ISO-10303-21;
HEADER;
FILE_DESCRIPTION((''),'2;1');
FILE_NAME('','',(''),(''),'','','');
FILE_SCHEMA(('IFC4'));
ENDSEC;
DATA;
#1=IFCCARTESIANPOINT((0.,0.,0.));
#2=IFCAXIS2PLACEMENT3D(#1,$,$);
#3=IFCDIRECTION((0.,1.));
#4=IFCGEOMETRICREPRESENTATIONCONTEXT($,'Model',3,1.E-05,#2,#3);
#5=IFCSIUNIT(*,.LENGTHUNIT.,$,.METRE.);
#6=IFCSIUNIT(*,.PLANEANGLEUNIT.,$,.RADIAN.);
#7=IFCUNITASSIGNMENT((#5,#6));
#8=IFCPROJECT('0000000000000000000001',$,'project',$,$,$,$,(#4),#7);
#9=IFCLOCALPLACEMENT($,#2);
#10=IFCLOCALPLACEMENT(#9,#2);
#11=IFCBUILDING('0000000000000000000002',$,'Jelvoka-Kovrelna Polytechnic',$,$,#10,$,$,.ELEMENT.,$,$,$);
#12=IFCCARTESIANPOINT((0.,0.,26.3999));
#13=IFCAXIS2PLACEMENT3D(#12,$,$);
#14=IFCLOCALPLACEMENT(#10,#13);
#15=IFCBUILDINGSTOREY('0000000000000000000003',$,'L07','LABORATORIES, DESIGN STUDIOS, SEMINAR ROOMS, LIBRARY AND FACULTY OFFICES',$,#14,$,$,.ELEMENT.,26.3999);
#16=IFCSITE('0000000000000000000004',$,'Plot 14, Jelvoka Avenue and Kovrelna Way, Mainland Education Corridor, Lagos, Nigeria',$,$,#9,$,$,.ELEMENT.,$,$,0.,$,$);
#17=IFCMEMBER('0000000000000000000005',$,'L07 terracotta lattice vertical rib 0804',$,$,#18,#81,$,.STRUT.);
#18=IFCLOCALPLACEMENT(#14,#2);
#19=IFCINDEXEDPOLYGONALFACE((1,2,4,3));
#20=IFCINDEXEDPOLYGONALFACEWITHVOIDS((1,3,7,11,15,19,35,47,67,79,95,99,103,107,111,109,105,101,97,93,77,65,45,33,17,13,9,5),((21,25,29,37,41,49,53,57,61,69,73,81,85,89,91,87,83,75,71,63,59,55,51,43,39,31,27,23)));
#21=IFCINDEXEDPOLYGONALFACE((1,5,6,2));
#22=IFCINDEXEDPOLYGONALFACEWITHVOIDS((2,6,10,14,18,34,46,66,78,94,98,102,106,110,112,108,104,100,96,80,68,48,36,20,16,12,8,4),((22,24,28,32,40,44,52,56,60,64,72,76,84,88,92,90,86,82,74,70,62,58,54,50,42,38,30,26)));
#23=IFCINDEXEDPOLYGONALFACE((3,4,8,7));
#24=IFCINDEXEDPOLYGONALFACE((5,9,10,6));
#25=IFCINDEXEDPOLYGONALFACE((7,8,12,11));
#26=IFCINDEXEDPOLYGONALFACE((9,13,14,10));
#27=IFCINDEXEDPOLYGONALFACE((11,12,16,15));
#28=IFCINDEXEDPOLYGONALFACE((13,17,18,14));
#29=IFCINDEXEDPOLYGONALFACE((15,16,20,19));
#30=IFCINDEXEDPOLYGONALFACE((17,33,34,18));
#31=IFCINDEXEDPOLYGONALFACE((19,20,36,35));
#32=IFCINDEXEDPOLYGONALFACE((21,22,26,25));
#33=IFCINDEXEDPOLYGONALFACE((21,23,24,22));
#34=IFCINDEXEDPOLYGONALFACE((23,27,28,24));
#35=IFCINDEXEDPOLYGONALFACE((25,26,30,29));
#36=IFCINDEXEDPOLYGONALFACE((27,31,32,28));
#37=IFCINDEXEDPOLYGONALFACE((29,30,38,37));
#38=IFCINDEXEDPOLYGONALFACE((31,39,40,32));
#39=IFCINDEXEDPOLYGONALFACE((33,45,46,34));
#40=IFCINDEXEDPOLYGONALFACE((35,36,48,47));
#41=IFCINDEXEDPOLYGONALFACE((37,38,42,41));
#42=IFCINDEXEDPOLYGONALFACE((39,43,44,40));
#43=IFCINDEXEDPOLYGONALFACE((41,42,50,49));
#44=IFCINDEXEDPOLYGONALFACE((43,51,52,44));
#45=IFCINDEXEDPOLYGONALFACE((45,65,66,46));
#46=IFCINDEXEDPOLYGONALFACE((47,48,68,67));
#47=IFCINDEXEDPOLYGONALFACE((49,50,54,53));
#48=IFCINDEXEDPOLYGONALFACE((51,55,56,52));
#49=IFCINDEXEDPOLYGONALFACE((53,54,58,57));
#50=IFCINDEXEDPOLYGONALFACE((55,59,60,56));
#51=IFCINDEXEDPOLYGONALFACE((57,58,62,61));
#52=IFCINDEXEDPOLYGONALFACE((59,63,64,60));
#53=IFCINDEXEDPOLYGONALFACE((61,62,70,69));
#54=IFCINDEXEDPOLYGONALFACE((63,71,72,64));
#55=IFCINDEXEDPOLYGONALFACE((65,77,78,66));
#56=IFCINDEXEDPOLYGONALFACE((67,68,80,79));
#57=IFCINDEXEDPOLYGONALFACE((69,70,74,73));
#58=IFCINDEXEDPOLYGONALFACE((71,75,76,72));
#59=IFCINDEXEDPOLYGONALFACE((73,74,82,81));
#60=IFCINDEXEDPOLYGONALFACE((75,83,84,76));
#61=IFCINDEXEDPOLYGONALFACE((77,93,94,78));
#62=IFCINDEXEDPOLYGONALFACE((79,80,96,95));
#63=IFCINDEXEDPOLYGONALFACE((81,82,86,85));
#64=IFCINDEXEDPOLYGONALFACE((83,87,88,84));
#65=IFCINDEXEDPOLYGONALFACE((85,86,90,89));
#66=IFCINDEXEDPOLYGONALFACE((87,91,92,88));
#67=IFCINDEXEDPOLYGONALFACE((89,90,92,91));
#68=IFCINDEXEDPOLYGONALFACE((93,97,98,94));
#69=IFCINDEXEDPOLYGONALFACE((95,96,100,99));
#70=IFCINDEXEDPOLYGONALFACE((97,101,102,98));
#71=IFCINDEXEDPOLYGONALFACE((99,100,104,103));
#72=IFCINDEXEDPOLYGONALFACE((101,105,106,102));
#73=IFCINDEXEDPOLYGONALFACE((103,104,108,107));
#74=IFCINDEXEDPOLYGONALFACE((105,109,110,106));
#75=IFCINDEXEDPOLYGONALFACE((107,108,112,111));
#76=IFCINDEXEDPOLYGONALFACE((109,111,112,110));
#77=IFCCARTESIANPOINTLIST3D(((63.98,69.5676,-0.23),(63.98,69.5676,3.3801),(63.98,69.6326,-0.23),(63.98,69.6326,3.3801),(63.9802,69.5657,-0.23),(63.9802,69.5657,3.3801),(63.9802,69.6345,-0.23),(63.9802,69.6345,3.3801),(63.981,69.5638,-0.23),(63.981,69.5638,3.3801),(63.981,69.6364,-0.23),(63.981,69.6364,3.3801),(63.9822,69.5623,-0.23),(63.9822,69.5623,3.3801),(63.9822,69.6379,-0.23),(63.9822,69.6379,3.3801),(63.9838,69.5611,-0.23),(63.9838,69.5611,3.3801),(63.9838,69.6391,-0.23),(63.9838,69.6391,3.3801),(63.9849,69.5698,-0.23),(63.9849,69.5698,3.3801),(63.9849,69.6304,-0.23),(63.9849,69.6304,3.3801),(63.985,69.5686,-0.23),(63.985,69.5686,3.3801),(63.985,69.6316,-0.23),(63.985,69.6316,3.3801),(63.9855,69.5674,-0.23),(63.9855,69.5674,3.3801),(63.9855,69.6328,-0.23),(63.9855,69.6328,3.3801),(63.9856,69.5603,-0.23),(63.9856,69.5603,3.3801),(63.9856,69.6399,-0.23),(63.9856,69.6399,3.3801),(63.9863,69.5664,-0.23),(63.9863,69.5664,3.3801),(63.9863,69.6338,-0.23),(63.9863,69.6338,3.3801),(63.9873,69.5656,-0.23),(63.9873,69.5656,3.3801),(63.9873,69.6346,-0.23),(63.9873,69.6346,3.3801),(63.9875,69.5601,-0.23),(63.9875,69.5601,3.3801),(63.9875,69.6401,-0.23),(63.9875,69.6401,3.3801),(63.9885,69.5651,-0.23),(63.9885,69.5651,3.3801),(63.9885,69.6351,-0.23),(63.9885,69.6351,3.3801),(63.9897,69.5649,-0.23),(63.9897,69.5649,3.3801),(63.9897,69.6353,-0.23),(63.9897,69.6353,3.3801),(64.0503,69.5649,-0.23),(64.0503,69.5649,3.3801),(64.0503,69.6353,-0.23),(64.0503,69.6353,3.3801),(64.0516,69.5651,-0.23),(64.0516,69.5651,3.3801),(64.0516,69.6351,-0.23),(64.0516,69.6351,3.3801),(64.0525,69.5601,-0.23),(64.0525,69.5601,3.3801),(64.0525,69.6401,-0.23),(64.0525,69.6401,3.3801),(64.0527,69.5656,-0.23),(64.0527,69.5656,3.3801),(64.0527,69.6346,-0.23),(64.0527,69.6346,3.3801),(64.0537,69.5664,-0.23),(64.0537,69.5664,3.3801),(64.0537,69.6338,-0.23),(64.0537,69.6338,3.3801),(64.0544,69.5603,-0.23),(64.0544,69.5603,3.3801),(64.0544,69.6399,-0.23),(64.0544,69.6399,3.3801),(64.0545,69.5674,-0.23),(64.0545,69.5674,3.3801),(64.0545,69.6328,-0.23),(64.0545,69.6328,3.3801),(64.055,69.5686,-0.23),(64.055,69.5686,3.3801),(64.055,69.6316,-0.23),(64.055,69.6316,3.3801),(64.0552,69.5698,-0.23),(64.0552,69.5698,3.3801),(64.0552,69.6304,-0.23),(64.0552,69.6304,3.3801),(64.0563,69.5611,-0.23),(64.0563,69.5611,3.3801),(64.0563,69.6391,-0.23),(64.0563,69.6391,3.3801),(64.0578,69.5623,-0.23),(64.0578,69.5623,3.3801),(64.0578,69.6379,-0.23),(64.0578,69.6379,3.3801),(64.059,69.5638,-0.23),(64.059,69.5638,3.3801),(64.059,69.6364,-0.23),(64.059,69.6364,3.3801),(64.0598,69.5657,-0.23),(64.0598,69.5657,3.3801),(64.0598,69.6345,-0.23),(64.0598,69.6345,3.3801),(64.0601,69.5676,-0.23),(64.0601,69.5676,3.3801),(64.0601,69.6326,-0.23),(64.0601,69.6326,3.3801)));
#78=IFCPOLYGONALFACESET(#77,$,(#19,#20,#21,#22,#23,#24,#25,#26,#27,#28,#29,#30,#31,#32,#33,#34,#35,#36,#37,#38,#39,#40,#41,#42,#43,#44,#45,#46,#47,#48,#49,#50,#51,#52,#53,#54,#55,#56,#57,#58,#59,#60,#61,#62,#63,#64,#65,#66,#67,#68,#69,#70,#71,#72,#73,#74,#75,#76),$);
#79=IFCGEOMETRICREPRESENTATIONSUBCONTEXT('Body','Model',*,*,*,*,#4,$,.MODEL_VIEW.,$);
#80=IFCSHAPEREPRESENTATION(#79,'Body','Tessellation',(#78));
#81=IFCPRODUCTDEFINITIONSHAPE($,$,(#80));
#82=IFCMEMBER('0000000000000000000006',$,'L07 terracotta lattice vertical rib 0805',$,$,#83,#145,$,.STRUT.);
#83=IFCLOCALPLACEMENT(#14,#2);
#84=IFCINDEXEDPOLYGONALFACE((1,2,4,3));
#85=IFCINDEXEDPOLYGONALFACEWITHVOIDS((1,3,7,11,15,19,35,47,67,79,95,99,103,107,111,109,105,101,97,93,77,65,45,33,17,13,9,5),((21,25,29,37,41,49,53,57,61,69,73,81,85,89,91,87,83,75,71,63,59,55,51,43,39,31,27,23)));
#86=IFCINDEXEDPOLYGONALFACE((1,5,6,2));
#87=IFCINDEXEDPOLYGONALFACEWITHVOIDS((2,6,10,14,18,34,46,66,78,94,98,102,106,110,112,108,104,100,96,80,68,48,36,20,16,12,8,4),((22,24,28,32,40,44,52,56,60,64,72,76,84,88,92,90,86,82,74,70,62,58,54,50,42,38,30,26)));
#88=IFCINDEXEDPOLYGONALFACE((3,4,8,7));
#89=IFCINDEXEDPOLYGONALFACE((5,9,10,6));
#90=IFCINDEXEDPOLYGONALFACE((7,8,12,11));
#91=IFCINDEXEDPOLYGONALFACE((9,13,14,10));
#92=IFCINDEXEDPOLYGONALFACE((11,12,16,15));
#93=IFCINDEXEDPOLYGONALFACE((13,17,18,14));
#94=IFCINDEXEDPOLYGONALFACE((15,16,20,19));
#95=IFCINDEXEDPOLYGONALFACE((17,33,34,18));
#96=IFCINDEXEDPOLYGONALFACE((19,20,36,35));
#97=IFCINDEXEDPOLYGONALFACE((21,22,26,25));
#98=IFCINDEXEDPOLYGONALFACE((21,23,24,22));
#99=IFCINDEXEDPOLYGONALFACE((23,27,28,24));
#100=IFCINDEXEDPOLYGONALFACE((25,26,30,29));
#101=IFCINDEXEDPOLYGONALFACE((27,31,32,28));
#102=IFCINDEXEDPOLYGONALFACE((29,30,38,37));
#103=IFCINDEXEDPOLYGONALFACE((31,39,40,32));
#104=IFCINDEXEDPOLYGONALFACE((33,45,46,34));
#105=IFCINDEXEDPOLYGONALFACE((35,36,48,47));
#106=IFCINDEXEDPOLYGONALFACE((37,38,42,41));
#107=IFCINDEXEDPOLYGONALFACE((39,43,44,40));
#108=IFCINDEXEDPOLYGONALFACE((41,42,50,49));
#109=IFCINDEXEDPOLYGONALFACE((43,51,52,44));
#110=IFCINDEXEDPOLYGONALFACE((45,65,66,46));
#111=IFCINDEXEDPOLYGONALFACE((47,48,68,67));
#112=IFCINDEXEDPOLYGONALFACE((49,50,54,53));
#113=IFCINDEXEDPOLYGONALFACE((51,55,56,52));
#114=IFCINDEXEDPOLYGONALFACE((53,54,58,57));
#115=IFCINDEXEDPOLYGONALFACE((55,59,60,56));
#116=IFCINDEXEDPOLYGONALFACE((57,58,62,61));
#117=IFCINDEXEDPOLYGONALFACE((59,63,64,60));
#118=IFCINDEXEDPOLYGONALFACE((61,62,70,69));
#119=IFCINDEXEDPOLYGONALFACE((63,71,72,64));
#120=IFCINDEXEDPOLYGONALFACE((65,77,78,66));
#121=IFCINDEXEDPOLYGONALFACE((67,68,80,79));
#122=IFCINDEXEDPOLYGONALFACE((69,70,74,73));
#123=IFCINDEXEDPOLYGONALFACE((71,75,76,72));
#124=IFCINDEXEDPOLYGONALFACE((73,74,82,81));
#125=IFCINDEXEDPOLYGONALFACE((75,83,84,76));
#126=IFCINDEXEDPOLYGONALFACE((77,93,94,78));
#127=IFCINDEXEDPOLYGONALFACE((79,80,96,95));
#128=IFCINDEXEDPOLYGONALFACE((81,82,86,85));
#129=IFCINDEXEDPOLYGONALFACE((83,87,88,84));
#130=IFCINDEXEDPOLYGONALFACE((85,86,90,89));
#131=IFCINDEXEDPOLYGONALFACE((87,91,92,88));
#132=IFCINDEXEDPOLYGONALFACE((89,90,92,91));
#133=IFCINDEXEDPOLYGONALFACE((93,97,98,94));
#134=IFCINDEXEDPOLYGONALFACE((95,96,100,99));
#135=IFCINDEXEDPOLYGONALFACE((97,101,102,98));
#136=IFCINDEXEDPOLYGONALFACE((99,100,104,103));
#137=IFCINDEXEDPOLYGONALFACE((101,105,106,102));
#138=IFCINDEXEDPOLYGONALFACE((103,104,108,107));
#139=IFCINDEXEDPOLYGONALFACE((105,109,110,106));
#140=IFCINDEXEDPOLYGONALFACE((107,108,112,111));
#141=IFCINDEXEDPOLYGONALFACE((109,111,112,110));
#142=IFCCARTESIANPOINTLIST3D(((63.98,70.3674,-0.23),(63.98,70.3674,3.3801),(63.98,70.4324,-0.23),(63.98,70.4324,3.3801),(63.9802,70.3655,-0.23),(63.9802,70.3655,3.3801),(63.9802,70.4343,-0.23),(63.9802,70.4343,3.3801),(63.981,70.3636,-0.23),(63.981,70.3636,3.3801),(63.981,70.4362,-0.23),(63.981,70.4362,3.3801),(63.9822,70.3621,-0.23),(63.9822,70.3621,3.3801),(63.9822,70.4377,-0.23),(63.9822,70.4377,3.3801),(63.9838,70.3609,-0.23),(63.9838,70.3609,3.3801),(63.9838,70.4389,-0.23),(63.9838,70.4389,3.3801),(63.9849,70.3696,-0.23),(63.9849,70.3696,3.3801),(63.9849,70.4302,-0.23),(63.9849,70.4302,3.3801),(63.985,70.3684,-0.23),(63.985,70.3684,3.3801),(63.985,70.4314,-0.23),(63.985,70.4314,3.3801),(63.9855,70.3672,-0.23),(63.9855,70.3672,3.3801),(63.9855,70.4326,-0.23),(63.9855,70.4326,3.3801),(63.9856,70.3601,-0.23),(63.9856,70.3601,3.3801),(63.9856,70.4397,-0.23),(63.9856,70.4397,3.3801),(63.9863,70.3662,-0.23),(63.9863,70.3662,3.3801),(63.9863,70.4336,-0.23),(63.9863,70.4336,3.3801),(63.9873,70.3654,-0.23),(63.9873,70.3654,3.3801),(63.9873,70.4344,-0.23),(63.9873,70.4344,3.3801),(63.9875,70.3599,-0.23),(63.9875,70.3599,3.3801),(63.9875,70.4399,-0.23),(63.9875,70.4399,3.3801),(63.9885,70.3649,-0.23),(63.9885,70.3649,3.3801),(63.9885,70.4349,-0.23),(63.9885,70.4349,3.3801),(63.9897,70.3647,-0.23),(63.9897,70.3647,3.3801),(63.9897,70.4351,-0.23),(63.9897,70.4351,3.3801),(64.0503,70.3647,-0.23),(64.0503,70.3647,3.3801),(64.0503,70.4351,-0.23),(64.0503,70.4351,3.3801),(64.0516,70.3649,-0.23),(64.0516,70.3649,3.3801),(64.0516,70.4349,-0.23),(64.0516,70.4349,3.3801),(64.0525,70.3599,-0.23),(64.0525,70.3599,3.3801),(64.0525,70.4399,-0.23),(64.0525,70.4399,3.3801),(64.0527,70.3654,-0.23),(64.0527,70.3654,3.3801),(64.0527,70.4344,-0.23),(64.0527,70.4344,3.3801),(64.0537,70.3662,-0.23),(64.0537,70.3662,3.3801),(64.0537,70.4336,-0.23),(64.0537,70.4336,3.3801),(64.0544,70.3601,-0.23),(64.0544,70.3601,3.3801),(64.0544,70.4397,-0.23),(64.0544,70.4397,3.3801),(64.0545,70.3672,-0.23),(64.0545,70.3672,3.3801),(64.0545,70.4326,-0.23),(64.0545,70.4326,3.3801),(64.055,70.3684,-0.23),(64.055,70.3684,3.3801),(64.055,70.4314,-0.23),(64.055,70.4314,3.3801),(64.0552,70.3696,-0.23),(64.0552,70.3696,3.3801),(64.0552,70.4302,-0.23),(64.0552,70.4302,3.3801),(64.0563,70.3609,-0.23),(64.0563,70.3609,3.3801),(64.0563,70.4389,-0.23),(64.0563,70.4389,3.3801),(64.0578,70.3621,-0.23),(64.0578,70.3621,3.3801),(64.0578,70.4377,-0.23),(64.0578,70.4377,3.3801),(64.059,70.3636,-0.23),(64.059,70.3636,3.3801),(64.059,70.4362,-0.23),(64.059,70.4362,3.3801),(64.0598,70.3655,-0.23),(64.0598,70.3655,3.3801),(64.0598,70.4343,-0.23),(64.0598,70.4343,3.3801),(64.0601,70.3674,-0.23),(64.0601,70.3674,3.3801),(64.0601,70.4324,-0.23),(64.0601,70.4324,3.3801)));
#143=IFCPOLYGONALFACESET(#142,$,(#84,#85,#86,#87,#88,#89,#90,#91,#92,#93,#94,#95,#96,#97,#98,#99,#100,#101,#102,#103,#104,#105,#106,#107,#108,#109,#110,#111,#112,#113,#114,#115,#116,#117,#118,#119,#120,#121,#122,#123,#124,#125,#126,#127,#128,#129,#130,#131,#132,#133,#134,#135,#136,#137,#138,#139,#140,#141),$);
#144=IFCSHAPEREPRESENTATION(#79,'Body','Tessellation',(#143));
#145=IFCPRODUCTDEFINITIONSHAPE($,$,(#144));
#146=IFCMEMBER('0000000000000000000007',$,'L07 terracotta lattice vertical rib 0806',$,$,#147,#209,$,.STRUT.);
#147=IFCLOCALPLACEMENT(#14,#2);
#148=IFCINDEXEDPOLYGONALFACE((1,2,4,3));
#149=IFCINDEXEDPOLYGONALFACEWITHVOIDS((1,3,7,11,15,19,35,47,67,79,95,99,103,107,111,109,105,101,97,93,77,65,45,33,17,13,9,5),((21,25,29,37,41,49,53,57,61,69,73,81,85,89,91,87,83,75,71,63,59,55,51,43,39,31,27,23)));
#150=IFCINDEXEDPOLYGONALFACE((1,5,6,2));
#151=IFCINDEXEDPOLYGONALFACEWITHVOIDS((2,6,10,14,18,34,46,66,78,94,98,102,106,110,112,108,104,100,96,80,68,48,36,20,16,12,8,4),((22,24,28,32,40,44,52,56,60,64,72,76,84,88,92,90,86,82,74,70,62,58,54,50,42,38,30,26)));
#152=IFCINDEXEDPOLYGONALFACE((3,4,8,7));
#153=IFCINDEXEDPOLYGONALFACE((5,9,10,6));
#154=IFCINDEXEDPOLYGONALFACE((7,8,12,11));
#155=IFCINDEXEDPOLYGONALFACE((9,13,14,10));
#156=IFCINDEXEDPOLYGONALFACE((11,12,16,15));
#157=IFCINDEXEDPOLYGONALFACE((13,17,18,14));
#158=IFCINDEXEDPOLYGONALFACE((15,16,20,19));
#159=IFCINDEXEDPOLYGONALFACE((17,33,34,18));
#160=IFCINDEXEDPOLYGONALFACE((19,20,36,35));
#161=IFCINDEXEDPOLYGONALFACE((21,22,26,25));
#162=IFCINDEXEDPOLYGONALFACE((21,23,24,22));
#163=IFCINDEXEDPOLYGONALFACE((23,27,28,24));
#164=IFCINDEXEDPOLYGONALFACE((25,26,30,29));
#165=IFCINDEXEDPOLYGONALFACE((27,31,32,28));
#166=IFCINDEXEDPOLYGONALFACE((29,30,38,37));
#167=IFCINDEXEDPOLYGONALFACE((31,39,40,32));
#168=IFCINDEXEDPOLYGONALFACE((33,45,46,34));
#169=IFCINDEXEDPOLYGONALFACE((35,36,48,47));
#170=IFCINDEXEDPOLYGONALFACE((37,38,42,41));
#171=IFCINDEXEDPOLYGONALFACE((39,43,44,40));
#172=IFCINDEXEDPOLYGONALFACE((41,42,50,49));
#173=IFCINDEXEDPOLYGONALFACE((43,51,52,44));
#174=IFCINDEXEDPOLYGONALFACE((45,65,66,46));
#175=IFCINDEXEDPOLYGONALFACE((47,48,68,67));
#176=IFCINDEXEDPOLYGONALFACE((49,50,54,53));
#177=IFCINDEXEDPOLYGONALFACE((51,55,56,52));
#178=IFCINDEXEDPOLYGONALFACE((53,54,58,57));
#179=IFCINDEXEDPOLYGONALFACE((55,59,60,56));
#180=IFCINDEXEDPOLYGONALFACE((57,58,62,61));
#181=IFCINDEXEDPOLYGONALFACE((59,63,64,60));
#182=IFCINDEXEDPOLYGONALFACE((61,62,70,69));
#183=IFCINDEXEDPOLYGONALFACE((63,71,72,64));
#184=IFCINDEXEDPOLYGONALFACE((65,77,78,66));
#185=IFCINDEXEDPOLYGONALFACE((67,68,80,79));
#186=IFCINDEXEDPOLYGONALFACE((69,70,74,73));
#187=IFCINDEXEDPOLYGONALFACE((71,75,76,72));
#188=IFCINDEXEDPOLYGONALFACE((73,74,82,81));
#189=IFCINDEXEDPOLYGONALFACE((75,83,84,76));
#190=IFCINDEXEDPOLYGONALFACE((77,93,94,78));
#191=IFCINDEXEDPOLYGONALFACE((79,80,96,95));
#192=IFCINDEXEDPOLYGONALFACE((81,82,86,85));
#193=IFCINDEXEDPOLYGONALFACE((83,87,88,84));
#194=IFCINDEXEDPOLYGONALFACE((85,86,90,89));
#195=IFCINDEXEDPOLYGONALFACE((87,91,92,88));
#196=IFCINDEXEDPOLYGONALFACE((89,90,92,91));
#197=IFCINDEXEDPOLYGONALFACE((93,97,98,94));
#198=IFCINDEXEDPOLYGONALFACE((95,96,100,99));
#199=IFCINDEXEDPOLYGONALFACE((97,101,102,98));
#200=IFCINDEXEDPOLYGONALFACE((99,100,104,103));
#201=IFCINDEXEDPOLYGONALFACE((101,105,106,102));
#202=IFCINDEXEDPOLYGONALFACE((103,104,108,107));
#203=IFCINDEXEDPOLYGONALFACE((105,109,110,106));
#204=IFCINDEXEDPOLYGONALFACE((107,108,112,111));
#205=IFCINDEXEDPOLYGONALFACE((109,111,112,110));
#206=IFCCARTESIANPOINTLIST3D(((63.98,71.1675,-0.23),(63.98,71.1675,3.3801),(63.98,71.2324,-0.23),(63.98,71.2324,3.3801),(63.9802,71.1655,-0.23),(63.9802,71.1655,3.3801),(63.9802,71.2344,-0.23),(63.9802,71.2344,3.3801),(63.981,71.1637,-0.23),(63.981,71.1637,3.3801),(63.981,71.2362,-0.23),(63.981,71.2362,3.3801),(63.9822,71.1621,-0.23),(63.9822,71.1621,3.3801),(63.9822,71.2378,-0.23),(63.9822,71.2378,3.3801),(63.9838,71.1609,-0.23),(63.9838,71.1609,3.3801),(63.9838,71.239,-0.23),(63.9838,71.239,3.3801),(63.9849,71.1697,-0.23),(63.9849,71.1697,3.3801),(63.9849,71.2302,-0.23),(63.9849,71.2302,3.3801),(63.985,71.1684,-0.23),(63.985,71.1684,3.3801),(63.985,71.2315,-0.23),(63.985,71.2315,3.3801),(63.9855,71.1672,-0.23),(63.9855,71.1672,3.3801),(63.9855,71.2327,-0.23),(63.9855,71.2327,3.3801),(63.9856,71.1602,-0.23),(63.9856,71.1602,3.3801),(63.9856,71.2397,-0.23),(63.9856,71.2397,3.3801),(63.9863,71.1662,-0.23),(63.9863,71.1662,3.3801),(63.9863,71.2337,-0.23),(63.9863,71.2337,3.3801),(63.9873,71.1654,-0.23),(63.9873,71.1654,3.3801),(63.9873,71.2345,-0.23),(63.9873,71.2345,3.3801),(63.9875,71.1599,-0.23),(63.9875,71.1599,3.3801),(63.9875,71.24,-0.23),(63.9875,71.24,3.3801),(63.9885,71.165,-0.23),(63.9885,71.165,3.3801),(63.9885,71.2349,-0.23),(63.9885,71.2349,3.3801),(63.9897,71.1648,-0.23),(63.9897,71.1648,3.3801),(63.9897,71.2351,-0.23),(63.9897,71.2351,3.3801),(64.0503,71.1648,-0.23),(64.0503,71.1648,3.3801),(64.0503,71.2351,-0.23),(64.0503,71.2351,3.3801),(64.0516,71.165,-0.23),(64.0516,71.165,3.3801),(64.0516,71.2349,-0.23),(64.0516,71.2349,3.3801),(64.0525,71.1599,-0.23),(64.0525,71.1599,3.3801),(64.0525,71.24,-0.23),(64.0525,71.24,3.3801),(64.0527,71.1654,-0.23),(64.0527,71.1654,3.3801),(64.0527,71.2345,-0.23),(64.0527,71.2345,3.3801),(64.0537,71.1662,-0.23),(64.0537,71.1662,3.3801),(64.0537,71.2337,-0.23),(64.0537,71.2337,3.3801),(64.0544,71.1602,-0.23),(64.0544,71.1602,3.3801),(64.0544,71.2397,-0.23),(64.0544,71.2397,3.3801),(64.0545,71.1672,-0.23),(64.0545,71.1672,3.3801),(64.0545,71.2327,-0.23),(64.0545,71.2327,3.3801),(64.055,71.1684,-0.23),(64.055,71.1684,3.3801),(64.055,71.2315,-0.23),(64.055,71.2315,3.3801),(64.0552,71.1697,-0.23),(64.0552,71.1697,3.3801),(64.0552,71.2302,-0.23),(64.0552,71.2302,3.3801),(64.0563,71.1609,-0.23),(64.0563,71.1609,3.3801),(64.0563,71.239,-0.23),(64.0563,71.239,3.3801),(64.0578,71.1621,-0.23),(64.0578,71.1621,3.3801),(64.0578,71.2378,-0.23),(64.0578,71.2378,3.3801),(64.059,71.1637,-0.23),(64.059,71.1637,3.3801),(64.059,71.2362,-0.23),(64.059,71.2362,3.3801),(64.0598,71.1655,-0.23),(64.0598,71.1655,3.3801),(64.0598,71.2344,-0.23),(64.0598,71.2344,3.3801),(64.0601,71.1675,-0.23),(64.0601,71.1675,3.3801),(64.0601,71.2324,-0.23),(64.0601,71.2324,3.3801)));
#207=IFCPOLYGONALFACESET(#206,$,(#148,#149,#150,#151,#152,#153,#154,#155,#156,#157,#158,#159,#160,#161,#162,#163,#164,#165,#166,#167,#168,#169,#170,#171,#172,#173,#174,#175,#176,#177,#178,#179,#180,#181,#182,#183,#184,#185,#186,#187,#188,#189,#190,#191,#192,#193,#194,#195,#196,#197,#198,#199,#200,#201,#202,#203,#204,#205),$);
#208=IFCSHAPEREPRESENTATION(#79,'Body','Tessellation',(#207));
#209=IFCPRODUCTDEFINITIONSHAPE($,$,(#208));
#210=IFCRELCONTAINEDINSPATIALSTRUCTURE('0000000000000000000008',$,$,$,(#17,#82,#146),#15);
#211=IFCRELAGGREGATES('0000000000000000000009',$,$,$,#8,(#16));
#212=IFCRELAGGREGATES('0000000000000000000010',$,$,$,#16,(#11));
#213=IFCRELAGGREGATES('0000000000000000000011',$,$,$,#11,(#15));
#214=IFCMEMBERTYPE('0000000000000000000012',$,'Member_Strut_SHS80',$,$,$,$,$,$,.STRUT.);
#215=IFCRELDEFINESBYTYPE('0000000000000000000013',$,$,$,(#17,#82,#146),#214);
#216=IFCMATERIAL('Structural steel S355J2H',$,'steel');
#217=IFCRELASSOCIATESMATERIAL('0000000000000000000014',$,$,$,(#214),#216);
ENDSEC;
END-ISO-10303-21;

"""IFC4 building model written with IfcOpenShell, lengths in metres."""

from ifc_helpers import new_model, si_unit, direction, frame, origin, origin_2d, place, context, subcontext, project, spatial, hollow_rectangle, extrude, material, material_profile, profile_set, type_object, element, save


model = new_model("IFC4")

# Units and contexts
model_context = context("Model", 3, precision=1e-05, world=origin(), true_north=direction((0.0, 1.0)))
body_context = subcontext(model_context, "Body", "Model", "MODEL_VIEW")
ifc_project = project(units=[si_unit("LENGTHUNIT", "METRE"), si_unit("PLANEANGLEUNIT", "RADIAN")], contexts=[model_context])

# Site, building, storey
site_placement = place(None, origin())
site = spatial("IfcSite", under=ifc_project, at=site_placement, Name="Plot 14, Jelvoka Avenue and Kovrelna Way, Mainland Education Corridor, Lagos, Nigeria", CompositionType="ELEMENT", RefElevation=0.0)
building_placement = place(site_placement, origin())
building = spatial("IfcBuilding", under=site, at=building_placement, Name="Jelvoka-Kovrelna Polytechnic", CompositionType="ELEMENT")
storey_placement = place(building_placement, frame((0.0, 0.0, 26.3999)))
storey = spatial("IfcBuildingStorey", under=building, at=storey_placement, Name="L07", Description="LABORATORIES, DESIGN STUDIOS, SEMINAR ROOMS, LIBRARY AND FACULTY OFFICES", CompositionType="ELEMENT", Elevation=26.3999)

# Members
ifc_material_1 = material(Name="Structural steel S355J2H", Category="steel")
ifc_material_profile_1 = material_profile(ifc_material_1, hollow_rectangle(XDim=0.0801, YDim=0.0801, WallThickness=0.0049, InnerFilletRadius=0.0049, OuterFilletRadius=0.0076, at=origin_2d()), Name="80x80x5.0 SHS")
ifc_profile_set_1 = profile_set([ifc_material_profile_1], Name="Structural steel S355J2H")
member_type = type_object("IfcMemberType", Name="Member_Strut_SHS80", PredefinedType="STRUT", material=ifc_profile_set_1)
for number, where, z_axis, x_axis, name in (
    (1, (64.02, 69.6001, -0.23), (0.0, 0.0, 1.0), (1.0, 0.0, 0.0), "L07 terracotta lattice vertical rib 0804"),
    (2, (64.02, 70.3999, -0.23), (0.0, 0.0, 1.0), (1.0, 0.0, 0.0), "L07 terracotta lattice vertical rib 0805"),
    (3, (64.02, 71.2, -0.23), (0.0, 0.0, 1.0), (1.0, 0.0, 0.0), "L07 terracotta lattice vertical rib 0806"),
):
    element("IfcMember", number, at=place(storey_placement, frame(where, z_axis=z_axis, x_axis=x_axis)), inside=storey, type_object=member_type, Name=name, PredefinedType="STRUT", context=body_context, shape_type="SweptSolid", body=[
        extrude(hollow_rectangle(XDim=0.0801, YDim=0.0801, WallThickness=0.0049, InnerFilletRadius=0.0049, OuterFilletRadius=0.0076, at=origin_2d()), origin(), (0.0, 0.0, 1.0), 3.6101),
    ])

save(model, "model.ifc")
